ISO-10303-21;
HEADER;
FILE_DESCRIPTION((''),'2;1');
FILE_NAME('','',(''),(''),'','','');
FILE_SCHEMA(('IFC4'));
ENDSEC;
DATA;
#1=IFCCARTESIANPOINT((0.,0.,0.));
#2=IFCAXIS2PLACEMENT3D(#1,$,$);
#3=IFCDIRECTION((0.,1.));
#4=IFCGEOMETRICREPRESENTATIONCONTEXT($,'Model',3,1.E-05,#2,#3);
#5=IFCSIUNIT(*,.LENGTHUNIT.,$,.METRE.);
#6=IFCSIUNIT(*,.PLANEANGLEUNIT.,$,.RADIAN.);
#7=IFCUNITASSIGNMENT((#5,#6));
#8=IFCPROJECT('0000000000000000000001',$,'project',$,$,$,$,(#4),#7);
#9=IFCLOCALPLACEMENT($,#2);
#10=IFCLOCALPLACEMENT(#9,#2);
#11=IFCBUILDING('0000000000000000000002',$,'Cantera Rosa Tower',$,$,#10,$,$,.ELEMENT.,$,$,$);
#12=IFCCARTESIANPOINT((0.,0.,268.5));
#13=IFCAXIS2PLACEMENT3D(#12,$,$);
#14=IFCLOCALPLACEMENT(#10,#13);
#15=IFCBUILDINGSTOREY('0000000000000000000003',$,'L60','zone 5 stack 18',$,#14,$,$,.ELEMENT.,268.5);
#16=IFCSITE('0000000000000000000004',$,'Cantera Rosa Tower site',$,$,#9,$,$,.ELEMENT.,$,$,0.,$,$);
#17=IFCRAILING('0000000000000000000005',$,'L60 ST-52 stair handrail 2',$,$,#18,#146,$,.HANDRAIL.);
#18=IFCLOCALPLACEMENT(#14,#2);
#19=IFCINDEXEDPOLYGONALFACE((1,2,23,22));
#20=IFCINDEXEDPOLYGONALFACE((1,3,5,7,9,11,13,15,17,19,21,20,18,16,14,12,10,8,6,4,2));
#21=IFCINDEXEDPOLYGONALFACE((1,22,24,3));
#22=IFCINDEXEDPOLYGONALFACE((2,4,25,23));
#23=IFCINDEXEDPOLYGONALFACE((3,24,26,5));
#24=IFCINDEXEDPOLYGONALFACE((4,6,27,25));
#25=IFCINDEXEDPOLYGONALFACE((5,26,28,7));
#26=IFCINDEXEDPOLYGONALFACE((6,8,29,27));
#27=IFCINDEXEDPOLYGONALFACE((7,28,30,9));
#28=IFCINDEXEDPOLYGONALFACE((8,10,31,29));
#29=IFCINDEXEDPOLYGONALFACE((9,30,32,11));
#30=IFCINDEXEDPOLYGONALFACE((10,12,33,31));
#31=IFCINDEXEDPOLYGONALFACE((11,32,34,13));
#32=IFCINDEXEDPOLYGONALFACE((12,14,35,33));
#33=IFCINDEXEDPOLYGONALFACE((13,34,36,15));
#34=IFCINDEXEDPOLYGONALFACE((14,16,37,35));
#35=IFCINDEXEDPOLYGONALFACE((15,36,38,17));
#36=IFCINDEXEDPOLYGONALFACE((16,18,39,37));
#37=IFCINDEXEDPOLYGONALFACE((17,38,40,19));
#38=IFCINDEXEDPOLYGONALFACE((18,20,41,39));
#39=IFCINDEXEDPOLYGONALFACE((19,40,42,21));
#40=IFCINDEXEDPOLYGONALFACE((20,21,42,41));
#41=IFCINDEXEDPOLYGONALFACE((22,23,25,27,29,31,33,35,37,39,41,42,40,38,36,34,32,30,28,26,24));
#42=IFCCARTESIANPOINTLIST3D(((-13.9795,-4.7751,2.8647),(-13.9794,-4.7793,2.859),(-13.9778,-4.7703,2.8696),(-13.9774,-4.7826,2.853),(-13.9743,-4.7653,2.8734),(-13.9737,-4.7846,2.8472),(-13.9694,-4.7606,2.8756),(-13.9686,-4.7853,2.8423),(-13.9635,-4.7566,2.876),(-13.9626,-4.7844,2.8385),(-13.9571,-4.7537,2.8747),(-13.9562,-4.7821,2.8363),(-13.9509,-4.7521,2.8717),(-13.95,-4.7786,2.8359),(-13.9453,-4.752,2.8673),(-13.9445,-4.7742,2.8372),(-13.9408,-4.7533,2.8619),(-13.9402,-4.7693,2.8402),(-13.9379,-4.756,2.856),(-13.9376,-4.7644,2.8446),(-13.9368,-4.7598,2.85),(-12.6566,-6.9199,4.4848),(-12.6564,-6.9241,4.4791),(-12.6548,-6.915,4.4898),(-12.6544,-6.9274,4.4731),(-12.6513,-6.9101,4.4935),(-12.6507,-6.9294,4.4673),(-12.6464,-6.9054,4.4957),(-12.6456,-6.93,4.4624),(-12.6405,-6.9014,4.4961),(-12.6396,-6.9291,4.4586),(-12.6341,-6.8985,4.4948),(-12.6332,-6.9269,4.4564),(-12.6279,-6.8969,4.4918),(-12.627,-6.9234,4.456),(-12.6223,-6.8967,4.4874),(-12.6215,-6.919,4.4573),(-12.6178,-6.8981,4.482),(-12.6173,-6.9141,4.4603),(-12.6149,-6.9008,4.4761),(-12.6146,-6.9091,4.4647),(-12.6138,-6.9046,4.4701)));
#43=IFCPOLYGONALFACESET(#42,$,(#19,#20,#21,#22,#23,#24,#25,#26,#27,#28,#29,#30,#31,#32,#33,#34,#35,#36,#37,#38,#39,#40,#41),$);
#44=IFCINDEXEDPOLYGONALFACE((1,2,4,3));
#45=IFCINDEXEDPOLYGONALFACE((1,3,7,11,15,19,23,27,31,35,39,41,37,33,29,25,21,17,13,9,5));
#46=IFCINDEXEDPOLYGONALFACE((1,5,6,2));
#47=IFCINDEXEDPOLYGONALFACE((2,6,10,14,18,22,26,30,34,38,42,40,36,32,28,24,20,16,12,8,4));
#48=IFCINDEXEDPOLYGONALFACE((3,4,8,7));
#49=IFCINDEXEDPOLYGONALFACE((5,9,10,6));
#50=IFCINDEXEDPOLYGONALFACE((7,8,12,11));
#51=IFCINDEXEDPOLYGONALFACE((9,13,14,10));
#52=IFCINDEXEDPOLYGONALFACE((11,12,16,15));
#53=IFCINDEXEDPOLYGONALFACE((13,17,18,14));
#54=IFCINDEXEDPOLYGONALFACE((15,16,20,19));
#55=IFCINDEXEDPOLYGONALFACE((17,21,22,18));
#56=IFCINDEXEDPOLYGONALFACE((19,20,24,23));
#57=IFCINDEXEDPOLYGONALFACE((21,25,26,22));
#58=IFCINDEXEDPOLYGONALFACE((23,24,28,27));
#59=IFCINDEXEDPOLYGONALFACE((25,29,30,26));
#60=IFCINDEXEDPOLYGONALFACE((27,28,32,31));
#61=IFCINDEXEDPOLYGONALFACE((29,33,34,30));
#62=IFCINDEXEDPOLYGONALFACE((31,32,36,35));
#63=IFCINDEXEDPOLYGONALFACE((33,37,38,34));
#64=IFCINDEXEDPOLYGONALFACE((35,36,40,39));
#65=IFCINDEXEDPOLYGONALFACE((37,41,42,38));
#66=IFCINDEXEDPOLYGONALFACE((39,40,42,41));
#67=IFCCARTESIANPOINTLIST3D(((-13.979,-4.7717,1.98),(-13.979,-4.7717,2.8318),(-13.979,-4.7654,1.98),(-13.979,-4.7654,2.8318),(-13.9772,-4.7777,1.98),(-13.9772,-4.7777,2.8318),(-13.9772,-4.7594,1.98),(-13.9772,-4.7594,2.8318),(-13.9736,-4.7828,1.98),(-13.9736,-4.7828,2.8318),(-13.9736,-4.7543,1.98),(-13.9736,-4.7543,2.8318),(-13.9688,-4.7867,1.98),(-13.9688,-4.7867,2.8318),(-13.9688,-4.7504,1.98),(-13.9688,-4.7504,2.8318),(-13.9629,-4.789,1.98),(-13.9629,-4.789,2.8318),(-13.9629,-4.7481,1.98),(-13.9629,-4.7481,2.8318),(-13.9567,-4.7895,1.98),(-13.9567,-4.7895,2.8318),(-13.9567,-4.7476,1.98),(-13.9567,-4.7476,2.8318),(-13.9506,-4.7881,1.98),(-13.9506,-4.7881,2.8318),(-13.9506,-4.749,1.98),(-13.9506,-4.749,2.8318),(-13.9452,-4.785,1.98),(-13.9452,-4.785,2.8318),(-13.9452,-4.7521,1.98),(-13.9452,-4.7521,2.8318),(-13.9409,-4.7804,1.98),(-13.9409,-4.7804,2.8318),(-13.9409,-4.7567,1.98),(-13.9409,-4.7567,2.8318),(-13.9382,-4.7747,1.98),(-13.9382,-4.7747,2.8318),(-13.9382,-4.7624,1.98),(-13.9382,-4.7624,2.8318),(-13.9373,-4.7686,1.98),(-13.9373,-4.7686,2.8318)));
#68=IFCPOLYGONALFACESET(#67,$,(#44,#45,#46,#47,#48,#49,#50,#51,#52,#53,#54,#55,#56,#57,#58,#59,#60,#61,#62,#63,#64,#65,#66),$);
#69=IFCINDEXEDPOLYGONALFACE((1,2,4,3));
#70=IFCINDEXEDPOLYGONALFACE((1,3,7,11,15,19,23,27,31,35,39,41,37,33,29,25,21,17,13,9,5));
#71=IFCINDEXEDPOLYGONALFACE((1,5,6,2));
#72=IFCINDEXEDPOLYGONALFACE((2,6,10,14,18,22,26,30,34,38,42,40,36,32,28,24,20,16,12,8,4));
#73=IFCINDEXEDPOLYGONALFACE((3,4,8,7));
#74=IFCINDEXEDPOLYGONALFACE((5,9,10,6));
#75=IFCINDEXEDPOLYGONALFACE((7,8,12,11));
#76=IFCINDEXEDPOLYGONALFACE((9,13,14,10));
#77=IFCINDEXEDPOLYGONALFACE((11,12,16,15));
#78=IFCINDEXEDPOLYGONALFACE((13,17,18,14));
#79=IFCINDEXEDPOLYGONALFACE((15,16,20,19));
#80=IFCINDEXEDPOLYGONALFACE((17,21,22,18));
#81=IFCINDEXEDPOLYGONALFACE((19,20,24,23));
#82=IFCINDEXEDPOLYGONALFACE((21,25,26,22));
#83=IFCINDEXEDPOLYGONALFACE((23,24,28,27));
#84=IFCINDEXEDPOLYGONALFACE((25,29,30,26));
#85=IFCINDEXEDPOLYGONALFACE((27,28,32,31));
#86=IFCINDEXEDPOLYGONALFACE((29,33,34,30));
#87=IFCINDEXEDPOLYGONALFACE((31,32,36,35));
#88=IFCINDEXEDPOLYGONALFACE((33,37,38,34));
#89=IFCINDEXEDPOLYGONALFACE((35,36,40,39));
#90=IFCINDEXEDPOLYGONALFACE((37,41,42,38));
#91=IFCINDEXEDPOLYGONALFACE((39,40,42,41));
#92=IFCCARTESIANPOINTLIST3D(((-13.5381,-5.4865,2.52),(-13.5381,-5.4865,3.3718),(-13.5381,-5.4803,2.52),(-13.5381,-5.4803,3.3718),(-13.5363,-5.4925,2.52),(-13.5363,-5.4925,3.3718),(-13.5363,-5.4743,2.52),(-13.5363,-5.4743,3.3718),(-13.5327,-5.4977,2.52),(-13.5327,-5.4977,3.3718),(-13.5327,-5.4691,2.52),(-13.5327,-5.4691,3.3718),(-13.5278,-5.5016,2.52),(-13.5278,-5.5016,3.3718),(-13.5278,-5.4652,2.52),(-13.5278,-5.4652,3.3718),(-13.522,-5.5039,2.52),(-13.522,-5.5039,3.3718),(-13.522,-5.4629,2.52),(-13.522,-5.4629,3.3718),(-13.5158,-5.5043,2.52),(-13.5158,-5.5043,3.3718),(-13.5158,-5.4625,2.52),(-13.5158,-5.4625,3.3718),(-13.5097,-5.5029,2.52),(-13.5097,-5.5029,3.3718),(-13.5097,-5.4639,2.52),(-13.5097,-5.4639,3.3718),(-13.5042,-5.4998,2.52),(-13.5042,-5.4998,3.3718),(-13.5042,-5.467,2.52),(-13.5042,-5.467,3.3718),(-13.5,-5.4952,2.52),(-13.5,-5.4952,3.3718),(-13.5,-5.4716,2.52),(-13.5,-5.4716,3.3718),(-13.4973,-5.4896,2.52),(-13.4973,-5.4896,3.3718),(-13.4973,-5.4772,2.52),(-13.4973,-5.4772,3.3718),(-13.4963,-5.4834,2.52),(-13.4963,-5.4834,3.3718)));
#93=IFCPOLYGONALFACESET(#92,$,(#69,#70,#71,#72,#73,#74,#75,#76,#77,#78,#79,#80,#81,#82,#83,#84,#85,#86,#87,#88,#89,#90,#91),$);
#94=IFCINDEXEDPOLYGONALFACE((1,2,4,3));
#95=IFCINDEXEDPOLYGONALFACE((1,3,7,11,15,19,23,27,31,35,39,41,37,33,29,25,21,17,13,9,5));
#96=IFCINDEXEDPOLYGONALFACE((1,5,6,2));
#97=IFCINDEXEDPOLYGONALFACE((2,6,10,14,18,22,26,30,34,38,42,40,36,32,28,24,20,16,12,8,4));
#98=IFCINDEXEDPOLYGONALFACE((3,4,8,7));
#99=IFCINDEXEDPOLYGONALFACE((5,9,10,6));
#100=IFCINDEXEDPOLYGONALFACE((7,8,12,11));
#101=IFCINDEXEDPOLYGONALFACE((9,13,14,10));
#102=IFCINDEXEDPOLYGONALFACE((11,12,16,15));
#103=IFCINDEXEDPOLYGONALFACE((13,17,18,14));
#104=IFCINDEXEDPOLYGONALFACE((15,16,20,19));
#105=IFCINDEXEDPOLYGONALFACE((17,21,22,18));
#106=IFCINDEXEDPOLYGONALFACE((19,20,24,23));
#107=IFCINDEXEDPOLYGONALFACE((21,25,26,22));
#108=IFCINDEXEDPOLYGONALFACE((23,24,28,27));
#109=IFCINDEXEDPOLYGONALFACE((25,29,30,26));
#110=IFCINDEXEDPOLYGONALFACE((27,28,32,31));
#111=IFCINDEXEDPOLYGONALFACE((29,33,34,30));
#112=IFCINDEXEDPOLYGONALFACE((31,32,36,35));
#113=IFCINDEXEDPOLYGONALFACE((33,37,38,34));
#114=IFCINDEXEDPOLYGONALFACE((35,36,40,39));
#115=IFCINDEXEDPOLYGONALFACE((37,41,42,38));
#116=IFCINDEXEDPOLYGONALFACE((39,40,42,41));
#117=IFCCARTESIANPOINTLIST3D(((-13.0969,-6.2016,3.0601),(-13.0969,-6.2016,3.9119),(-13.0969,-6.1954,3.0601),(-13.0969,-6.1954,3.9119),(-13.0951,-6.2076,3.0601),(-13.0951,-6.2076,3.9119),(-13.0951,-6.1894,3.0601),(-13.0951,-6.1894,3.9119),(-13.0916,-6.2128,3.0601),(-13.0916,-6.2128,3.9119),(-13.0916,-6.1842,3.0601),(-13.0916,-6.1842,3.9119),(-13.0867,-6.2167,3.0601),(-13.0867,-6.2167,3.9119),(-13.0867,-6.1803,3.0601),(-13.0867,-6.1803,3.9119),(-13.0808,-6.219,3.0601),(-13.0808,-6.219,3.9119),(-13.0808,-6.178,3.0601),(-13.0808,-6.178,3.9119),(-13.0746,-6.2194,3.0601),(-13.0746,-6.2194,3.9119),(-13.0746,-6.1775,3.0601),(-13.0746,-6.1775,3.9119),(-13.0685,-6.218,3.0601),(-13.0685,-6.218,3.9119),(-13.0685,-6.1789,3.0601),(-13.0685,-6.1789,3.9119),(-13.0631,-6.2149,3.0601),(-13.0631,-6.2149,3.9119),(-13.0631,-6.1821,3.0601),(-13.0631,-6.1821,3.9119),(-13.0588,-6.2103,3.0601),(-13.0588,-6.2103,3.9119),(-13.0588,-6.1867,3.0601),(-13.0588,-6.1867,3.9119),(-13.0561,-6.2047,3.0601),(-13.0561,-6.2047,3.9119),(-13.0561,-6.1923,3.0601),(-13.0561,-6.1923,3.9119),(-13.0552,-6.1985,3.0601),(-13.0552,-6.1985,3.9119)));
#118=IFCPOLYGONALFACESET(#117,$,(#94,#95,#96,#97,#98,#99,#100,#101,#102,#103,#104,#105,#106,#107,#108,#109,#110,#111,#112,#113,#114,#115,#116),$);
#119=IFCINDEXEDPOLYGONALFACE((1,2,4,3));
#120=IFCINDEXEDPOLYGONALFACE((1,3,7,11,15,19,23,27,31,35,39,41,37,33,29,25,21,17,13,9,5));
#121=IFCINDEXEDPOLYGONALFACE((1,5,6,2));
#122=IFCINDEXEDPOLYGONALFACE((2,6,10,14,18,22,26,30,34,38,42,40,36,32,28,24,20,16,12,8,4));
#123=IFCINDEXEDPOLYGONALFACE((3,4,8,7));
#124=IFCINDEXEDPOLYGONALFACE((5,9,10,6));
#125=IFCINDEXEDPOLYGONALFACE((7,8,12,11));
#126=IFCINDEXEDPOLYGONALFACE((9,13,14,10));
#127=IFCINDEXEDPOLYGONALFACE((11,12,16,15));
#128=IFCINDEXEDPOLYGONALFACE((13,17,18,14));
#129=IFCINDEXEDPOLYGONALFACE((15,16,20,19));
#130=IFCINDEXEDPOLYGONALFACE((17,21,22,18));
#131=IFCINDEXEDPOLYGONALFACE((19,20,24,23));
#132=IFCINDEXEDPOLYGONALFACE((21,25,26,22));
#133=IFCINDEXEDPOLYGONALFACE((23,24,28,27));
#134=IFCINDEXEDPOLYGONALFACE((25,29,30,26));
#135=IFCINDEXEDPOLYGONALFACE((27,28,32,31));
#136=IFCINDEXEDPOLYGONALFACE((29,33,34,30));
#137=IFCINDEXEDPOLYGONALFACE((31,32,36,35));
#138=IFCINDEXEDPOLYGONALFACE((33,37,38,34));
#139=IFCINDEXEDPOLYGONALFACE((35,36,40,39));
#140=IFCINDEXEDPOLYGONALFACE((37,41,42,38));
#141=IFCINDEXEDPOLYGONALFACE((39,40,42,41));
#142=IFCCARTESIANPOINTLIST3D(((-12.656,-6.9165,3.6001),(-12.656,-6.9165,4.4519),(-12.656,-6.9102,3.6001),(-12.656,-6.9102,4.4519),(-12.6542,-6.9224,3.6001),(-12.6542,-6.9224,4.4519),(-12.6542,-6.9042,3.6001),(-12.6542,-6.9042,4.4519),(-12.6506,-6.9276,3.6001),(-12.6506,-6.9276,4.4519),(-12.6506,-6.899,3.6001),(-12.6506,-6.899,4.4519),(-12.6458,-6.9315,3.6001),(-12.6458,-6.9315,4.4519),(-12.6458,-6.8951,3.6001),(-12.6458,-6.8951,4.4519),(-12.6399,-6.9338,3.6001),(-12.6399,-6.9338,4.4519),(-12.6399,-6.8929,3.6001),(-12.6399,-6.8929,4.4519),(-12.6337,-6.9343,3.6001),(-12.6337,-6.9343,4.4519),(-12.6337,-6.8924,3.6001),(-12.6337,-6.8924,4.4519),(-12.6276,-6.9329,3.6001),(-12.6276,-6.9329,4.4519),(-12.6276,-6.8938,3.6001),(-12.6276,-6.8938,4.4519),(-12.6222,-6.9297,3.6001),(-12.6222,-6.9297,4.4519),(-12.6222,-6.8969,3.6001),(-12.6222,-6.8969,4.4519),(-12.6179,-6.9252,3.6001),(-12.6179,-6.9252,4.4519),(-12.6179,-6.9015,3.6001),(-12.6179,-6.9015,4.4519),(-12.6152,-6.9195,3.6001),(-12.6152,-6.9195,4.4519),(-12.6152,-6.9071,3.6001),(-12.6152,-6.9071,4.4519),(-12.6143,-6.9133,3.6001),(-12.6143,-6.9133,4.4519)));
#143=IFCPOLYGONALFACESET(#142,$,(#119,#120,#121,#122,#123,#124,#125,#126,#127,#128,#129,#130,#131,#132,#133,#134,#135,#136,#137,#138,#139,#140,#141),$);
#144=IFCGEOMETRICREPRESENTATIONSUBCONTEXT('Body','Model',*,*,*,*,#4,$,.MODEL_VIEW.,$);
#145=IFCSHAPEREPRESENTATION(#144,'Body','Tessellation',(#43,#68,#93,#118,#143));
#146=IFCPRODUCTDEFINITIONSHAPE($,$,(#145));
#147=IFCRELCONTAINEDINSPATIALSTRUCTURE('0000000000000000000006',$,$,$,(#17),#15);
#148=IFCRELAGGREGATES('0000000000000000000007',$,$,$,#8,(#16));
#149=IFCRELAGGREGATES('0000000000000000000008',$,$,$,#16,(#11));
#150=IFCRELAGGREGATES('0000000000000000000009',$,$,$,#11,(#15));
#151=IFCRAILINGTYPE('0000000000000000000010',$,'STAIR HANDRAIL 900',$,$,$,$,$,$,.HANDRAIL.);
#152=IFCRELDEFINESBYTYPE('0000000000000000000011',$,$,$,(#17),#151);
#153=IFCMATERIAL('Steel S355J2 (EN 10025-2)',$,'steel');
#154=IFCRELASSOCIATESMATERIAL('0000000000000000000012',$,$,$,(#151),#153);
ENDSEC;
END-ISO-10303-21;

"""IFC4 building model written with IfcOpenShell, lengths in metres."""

from ifc_helpers import new_model, si_unit, direction, frame, origin, origin_2d, place, context, subcontext, project, spatial, circle, extrude, material, type_object, element, save


model = new_model("IFC4")

# Units and contexts
model_context = context("Model", 3, precision=1e-05, world=origin(), true_north=direction((0.0, 1.0)))
body_context = subcontext(model_context, "Body", "Model", "MODEL_VIEW")
ifc_project = project(units=[si_unit("LENGTHUNIT", "METRE"), si_unit("PLANEANGLEUNIT", "RADIAN")], contexts=[model_context])

# Site, building, storey
site_placement = place(None, origin())
site = spatial("IfcSite", under=ifc_project, at=site_placement, Name="Cantera Rosa Tower site", CompositionType="ELEMENT", RefElevation=0.0)
building_placement = place(site_placement, origin())
building = spatial("IfcBuilding", under=site, at=building_placement, Name="Cantera Rosa Tower", CompositionType="ELEMENT")
storey_placement = place(building_placement, frame((0.0, 0.0, 268.5)))
storey = spatial("IfcBuildingStorey", under=building, at=storey_placement, Name="L60", Description="zone 5 stack 18", CompositionType="ELEMENT", Elevation=268.5)

# Railing
ifc_material_1 = material(Name="Steel S355J2 (EN 10025-2)", Category="steel")
railing_type_1 = type_object("IfcRailingType", Name="STAIR HANDRAIL 900", PredefinedType="HANDRAIL", material=ifc_material_1)
railing_1_placement = place(storey_placement, frame((-13.9583, -4.7686, 1.98)))
element("IfcRailing", 1, at=railing_1_placement, inside=storey, type_object=railing_type_1, Name="L60 ST-52 stair handrail 2", PredefinedType="HANDRAIL", context=body_context, shape_type="SweptSolid", body=[
    extrude(circle(Radius=0.0239, at=origin_2d()), frame((0.0, 0.0, 0.876), z_axis=(0.441609, -0.715914, 0.540786), x_axis=(0.851102, 0.525, 0.0)), (0.0, 0.0, 1.0), 2.9958),
    extrude(circle(Radius=0.021, at=origin_2d()), origin(), (0.0, 0.0, 1.0), 0.8518),
    extrude(circle(Radius=0.021, at=origin_2d()), frame((0.4409, -0.7148, 0.54)), (0.0, 0.0, 1.0), 0.8518),
    extrude(circle(Radius=0.021, at=origin_2d()), frame((0.8821, -1.4299, 1.0801)), (0.0, 0.0, 1.0), 0.8518),
    extrude(circle(Radius=0.021, at=origin_2d()), frame((1.323, -2.1448, 1.6201)), (0.0, 0.0, 1.0), 0.8518),
])

save(model, "model.ifc")
